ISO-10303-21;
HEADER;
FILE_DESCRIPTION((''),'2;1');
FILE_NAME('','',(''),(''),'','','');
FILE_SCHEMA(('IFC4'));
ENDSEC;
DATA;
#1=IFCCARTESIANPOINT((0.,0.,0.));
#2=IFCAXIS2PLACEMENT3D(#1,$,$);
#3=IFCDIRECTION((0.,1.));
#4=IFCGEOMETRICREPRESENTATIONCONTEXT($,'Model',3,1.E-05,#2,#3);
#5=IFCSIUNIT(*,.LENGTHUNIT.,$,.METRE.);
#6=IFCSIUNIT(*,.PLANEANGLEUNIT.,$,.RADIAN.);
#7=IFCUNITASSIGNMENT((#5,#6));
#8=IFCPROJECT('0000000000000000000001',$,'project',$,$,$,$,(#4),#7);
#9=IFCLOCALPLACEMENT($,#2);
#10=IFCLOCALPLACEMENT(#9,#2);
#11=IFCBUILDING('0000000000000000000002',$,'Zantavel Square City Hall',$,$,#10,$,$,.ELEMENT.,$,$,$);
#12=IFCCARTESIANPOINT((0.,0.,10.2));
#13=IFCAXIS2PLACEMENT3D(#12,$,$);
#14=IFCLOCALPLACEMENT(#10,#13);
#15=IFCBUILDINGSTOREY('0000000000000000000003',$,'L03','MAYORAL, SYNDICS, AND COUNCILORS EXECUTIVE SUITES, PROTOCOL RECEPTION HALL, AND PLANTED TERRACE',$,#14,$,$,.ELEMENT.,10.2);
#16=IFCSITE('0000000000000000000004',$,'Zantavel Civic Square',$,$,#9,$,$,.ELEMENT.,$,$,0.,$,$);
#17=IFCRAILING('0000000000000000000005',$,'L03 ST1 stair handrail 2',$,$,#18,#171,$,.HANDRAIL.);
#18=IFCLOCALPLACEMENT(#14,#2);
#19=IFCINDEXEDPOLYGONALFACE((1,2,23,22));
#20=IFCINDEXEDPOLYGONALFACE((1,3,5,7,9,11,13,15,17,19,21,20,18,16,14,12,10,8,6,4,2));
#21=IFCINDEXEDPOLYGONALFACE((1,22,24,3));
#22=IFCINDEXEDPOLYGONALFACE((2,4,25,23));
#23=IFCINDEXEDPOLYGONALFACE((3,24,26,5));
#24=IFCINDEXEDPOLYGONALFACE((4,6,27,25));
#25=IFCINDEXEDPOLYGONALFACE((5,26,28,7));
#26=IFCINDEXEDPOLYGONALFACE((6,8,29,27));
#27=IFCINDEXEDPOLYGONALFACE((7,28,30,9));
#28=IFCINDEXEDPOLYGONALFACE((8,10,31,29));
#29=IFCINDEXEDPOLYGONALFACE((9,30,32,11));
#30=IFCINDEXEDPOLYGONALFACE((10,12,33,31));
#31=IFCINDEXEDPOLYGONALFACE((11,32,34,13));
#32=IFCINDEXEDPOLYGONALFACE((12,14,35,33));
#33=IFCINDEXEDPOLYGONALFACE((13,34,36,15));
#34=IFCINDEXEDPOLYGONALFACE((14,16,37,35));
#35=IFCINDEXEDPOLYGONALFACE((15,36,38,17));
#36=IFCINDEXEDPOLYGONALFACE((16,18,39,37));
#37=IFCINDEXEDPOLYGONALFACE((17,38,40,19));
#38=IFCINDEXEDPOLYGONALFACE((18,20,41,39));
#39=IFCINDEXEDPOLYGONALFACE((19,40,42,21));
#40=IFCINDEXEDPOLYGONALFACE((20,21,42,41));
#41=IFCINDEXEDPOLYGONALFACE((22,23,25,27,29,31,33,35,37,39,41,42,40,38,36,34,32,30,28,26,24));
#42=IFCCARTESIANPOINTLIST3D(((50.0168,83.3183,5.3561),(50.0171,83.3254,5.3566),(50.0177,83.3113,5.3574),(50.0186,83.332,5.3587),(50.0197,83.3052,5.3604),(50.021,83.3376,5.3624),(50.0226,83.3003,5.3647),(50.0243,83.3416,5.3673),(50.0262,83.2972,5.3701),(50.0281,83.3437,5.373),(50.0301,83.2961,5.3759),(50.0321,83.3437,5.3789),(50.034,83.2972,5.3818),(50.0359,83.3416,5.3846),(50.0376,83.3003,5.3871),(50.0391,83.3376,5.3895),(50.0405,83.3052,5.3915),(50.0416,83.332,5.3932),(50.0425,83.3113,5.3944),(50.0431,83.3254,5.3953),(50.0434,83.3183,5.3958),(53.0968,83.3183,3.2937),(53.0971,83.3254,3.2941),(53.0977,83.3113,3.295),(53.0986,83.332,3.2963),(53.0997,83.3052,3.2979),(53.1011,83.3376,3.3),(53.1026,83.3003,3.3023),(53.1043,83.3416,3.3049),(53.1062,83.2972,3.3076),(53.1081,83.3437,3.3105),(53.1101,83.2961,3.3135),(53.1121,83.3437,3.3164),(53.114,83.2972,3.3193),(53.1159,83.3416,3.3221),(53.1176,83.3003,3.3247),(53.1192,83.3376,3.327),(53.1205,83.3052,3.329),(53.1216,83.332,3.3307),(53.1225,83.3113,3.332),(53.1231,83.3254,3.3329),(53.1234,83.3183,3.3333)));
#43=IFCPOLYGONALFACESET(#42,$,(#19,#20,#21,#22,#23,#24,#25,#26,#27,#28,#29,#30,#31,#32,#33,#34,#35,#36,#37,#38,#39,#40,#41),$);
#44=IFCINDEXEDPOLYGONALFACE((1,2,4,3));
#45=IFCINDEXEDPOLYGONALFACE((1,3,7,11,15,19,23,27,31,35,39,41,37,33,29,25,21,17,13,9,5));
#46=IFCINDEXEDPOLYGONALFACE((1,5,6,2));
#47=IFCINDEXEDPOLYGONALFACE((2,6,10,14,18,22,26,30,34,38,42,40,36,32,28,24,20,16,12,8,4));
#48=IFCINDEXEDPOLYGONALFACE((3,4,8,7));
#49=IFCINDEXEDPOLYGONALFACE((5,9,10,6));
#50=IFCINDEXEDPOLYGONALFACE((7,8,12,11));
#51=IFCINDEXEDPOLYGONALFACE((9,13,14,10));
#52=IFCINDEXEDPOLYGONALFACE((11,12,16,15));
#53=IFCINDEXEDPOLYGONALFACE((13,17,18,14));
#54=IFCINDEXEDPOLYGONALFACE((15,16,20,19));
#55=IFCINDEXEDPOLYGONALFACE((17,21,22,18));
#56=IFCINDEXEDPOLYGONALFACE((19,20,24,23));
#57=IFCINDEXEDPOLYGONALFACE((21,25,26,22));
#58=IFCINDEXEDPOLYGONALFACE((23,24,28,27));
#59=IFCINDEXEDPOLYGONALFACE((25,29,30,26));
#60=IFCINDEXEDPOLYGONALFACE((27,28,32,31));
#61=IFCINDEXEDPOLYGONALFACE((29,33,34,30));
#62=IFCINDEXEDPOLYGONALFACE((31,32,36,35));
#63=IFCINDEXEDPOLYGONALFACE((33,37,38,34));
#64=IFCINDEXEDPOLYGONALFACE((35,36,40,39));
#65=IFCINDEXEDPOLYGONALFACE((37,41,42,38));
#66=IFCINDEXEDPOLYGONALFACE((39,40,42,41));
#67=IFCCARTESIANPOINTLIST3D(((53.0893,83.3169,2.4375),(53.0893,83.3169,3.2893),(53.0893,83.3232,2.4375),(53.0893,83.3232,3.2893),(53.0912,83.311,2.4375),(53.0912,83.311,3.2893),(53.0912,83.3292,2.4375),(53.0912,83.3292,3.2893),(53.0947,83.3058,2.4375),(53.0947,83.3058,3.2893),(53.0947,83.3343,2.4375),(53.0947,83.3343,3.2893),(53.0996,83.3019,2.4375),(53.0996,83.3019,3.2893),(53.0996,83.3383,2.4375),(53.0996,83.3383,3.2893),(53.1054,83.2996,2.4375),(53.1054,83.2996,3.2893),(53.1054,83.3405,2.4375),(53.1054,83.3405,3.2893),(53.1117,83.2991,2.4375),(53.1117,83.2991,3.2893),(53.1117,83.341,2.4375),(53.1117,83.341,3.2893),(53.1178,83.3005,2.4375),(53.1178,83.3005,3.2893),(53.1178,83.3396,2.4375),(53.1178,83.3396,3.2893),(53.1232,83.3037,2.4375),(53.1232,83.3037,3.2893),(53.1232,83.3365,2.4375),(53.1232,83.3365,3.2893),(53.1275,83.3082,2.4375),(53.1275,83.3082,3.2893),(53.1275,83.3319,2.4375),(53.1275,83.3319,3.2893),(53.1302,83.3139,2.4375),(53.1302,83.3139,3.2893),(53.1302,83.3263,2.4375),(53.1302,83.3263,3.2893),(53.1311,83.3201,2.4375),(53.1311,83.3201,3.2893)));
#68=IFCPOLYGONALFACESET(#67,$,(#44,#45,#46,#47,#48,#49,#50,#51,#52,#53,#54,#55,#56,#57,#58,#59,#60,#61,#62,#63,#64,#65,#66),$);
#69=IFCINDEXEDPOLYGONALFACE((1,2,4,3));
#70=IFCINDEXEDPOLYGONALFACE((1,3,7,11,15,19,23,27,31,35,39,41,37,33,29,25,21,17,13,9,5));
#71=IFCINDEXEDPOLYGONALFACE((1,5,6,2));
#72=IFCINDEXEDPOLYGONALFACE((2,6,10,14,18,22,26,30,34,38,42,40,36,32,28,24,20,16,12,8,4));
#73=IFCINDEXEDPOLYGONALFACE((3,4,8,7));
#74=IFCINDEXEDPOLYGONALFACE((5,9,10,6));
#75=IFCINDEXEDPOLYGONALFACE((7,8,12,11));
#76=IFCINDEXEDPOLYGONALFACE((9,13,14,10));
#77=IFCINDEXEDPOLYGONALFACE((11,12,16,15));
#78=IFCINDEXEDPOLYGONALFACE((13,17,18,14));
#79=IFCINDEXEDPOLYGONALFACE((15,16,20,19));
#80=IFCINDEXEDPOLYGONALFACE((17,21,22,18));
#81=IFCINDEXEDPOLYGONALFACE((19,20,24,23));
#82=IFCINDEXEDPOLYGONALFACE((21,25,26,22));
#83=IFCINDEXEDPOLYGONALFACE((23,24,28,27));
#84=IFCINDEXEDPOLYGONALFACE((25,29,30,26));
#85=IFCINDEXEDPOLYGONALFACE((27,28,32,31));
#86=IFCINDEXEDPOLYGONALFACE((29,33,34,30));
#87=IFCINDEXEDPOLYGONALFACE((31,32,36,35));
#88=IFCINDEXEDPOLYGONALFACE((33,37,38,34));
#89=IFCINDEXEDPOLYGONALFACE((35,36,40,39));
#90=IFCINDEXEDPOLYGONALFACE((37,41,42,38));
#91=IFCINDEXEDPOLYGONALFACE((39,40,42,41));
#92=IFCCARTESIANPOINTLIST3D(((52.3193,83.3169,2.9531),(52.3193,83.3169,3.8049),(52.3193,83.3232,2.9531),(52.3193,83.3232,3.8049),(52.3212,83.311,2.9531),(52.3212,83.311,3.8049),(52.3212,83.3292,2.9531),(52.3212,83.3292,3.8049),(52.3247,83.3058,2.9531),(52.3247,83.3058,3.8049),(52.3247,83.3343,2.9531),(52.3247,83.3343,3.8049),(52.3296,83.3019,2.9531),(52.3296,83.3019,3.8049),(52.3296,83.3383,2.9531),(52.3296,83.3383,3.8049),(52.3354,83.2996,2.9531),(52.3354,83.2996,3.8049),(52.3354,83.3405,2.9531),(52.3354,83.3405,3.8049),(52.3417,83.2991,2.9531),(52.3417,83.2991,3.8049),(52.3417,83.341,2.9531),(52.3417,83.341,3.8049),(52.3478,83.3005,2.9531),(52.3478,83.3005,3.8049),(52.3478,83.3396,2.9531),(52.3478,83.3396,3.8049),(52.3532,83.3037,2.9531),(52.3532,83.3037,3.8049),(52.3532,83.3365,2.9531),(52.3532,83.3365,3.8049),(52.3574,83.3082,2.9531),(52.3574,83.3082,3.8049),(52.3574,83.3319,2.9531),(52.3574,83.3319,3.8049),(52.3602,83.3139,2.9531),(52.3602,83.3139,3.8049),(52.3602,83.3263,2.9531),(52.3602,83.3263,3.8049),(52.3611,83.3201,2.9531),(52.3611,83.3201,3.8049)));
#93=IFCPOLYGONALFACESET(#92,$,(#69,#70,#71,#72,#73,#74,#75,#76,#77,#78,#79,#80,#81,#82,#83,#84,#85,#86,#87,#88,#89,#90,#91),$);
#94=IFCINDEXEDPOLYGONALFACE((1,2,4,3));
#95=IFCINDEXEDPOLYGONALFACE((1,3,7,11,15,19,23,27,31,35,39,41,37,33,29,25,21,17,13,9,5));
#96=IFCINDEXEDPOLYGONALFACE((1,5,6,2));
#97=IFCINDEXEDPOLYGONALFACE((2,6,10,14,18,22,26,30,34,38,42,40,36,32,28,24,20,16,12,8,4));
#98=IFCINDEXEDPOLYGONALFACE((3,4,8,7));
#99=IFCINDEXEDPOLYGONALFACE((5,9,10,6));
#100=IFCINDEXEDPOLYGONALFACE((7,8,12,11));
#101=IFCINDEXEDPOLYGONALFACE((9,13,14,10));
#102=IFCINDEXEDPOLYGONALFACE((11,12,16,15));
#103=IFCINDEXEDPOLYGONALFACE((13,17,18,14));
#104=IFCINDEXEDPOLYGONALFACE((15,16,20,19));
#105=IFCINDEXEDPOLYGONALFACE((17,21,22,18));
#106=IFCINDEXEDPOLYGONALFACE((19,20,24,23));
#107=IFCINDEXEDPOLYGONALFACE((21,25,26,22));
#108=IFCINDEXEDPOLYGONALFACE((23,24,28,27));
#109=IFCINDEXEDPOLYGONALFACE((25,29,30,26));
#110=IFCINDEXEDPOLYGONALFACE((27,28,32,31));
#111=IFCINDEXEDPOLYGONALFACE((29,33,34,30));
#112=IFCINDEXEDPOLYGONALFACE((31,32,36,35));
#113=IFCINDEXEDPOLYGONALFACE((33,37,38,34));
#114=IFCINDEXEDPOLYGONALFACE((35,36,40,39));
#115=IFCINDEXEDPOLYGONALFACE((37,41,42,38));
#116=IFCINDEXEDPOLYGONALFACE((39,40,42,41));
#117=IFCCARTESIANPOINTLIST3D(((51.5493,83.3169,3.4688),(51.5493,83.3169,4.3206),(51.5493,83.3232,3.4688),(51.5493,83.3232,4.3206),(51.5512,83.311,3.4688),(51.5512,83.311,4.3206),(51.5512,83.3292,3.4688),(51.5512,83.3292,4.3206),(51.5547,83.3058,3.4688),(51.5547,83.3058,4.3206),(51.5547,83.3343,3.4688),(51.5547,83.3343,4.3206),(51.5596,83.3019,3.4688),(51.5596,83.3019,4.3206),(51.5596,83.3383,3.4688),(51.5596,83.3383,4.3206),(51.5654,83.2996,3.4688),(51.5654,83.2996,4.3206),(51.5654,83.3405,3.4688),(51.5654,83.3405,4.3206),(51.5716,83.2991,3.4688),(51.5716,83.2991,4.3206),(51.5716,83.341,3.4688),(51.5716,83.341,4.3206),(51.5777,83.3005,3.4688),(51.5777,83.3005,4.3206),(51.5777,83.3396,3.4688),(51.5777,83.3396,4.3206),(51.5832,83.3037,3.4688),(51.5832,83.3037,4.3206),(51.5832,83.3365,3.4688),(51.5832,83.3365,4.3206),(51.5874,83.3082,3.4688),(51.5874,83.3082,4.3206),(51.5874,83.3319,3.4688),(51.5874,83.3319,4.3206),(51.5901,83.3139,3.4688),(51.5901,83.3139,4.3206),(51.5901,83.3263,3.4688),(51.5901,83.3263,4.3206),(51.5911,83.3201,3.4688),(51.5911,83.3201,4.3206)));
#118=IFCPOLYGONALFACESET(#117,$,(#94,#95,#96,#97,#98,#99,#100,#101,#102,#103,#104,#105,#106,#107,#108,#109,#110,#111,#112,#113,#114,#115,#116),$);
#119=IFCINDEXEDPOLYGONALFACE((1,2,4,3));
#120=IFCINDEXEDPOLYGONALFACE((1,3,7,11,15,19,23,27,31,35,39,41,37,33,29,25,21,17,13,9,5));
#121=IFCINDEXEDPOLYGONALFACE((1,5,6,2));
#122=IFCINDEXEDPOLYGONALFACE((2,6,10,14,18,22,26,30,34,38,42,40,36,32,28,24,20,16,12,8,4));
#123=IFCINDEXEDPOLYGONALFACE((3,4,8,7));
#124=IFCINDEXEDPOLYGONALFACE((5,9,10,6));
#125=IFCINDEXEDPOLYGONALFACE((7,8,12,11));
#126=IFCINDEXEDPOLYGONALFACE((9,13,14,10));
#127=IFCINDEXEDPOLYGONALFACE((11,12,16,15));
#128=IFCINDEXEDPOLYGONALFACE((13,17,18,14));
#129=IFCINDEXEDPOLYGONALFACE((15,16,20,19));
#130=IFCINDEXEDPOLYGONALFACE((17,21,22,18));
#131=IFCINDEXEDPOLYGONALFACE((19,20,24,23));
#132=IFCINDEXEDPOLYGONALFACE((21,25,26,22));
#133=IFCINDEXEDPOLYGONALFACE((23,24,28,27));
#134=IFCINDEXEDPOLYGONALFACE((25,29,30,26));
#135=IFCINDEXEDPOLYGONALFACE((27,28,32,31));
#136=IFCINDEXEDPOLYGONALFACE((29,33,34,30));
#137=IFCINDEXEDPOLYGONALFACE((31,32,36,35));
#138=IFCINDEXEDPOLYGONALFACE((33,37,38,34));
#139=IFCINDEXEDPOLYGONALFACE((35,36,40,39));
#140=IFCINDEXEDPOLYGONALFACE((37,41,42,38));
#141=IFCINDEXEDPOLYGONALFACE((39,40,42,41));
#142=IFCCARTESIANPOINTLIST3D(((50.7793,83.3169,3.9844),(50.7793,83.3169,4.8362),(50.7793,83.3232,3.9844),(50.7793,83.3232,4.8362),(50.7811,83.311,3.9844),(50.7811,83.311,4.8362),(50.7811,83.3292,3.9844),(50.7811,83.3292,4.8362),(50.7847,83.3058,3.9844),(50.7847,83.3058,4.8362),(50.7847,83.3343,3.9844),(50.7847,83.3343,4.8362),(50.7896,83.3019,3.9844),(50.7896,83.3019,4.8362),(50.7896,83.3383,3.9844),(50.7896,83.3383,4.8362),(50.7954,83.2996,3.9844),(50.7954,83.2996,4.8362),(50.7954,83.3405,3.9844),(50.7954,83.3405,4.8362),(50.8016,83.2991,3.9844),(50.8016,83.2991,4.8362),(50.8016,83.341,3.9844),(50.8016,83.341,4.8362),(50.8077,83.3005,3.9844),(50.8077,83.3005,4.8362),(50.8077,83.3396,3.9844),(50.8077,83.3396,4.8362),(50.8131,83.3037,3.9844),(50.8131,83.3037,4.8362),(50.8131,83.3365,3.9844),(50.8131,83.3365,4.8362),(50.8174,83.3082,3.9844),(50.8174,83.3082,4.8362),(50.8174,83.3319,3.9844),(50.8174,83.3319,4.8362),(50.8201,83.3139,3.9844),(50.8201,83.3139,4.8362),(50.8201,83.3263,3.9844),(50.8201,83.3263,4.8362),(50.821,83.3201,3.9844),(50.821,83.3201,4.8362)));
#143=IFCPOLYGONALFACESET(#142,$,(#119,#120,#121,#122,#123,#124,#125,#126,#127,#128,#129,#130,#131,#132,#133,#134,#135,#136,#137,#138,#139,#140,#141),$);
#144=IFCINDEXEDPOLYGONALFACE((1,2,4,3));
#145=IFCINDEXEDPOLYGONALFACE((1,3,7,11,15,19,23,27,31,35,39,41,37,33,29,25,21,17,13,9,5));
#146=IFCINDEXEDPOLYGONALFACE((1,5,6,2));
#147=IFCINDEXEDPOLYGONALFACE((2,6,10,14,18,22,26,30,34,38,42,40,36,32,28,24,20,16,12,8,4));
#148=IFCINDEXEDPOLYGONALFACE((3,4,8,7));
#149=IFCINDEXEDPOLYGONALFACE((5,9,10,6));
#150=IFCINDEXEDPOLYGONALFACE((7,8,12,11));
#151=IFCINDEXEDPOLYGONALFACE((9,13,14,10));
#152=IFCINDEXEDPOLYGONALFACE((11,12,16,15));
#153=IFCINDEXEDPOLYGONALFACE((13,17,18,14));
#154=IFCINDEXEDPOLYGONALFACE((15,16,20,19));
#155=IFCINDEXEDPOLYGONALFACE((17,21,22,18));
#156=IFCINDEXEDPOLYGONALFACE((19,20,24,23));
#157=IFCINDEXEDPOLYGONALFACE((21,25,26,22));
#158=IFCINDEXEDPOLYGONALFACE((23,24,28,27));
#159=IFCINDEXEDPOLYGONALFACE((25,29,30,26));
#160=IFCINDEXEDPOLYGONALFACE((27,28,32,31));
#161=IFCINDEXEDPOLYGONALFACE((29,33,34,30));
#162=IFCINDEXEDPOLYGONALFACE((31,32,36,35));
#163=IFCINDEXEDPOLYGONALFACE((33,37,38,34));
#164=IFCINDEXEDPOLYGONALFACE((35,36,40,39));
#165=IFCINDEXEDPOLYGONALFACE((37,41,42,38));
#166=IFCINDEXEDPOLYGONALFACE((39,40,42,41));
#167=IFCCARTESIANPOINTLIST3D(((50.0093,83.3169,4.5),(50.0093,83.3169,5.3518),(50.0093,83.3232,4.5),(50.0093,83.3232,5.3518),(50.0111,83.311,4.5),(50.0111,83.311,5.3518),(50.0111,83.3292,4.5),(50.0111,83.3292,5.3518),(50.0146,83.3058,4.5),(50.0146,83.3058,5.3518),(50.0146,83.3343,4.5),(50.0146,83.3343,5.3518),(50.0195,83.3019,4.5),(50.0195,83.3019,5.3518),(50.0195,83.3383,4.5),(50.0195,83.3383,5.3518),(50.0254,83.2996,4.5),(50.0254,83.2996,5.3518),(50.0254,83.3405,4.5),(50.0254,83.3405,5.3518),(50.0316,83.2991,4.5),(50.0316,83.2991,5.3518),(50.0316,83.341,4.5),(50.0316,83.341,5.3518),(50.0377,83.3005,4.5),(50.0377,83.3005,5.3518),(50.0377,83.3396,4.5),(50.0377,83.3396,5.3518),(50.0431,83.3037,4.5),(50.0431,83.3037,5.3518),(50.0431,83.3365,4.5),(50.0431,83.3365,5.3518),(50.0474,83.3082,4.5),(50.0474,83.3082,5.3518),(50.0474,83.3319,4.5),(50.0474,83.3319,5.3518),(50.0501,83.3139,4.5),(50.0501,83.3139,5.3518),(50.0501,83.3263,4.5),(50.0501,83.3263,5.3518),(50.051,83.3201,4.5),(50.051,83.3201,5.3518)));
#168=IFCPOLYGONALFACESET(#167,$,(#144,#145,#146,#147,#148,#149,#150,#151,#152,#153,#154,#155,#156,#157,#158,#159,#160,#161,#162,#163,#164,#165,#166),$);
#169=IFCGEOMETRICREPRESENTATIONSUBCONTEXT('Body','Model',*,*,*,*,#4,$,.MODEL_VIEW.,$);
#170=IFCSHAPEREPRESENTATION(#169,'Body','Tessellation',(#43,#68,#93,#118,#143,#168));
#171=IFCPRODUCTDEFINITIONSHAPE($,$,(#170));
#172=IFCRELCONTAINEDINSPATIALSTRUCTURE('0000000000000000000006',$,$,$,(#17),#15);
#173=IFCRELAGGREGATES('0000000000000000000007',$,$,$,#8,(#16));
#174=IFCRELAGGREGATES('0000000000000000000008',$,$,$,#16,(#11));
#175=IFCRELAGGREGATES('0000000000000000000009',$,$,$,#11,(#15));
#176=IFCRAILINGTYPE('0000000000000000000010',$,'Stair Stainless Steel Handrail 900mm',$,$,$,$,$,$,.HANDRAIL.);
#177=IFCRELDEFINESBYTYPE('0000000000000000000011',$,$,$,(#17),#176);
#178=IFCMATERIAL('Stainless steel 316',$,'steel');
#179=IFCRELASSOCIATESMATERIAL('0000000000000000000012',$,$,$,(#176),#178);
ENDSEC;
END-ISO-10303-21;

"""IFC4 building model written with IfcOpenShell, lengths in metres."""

from ifc_helpers import new_model, si_unit, direction, frame, origin, origin_2d, place, context, subcontext, project, spatial, circle, extrude, material, type_object, element, save


model = new_model("IFC4")

# Units and contexts
model_context = context("Model", 3, precision=1e-05, world=origin(), true_north=direction((0.0, 1.0)))
body_context = subcontext(model_context, "Body", "Model", "MODEL_VIEW")
ifc_project = project(units=[si_unit("LENGTHUNIT", "METRE"), si_unit("PLANEANGLEUNIT", "RADIAN")], contexts=[model_context])

# Site, building, storey
site_placement = place(None, origin())
site = spatial("IfcSite", under=ifc_project, at=site_placement, Name="Zantavel Civic Square", CompositionType="ELEMENT", RefElevation=0.0)
building_placement = place(site_placement, origin())
building = spatial("IfcBuilding", under=site, at=building_placement, Name="Zantavel Square City Hall", CompositionType="ELEMENT")
storey_placement = place(building_placement, frame((0.0, 0.0, 10.2)))
storey = spatial("IfcBuildingStorey", under=building, at=storey_placement, Name="L03", Description="MAYORAL, SYNDICS, AND COUNCILORS EXECUTIVE SUITES, PROTOCOL RECEPTION HALL, AND PLANTED TERRACE", CompositionType="ELEMENT", Elevation=10.2)

# Railing
ifc_material_1 = material(Name="Stainless steel 316", Category="steel")
railing_type = type_object("IfcRailingType", Name="Stair Stainless Steel Handrail 900mm", PredefinedType="HANDRAIL", material=ifc_material_1)
railing_placement = place(storey_placement, frame((53.1101, 83.3201, 2.4375)))
element("IfcRailing", 1, at=railing_placement, inside=storey, type_object=railing_type, Name="L03 ST1 stair handrail 2", PredefinedType="HANDRAIL", context=body_context, shape_type="SweptSolid", body=[
    extrude(circle(Radius=0.0239, at=origin_2d()), frame((0.0, 0.0, 0.876), z_axis=(-0.830914, 0.0, 0.556401), x_axis=(0.0, -1.0, 0.0)), (0.0, 0.0, 1.0), 3.7068),
    extrude(circle(Radius=0.021, at=origin_2d()), origin(), (0.0, 0.0, 1.0), 0.8518),
    extrude(circle(Radius=0.021, at=origin_2d()), frame((-0.77, 0.0, 0.5156)), (0.0, 0.0, 1.0), 0.8518),
    extrude(circle(Radius=0.021, at=origin_2d()), frame((-1.54, 0.0, 1.0312)), (0.0, 0.0, 1.0), 0.8518),
    extrude(circle(Radius=0.021, at=origin_2d()), frame((-2.3101, 0.0, 1.5469)), (0.0, 0.0, 1.0), 0.8518),
    extrude(circle(Radius=0.021, at=origin_2d()), frame((-3.0801, 0.0, 2.0625)), (0.0, 0.0, 1.0), 0.8518),
])

save(model, "model.ifc")
